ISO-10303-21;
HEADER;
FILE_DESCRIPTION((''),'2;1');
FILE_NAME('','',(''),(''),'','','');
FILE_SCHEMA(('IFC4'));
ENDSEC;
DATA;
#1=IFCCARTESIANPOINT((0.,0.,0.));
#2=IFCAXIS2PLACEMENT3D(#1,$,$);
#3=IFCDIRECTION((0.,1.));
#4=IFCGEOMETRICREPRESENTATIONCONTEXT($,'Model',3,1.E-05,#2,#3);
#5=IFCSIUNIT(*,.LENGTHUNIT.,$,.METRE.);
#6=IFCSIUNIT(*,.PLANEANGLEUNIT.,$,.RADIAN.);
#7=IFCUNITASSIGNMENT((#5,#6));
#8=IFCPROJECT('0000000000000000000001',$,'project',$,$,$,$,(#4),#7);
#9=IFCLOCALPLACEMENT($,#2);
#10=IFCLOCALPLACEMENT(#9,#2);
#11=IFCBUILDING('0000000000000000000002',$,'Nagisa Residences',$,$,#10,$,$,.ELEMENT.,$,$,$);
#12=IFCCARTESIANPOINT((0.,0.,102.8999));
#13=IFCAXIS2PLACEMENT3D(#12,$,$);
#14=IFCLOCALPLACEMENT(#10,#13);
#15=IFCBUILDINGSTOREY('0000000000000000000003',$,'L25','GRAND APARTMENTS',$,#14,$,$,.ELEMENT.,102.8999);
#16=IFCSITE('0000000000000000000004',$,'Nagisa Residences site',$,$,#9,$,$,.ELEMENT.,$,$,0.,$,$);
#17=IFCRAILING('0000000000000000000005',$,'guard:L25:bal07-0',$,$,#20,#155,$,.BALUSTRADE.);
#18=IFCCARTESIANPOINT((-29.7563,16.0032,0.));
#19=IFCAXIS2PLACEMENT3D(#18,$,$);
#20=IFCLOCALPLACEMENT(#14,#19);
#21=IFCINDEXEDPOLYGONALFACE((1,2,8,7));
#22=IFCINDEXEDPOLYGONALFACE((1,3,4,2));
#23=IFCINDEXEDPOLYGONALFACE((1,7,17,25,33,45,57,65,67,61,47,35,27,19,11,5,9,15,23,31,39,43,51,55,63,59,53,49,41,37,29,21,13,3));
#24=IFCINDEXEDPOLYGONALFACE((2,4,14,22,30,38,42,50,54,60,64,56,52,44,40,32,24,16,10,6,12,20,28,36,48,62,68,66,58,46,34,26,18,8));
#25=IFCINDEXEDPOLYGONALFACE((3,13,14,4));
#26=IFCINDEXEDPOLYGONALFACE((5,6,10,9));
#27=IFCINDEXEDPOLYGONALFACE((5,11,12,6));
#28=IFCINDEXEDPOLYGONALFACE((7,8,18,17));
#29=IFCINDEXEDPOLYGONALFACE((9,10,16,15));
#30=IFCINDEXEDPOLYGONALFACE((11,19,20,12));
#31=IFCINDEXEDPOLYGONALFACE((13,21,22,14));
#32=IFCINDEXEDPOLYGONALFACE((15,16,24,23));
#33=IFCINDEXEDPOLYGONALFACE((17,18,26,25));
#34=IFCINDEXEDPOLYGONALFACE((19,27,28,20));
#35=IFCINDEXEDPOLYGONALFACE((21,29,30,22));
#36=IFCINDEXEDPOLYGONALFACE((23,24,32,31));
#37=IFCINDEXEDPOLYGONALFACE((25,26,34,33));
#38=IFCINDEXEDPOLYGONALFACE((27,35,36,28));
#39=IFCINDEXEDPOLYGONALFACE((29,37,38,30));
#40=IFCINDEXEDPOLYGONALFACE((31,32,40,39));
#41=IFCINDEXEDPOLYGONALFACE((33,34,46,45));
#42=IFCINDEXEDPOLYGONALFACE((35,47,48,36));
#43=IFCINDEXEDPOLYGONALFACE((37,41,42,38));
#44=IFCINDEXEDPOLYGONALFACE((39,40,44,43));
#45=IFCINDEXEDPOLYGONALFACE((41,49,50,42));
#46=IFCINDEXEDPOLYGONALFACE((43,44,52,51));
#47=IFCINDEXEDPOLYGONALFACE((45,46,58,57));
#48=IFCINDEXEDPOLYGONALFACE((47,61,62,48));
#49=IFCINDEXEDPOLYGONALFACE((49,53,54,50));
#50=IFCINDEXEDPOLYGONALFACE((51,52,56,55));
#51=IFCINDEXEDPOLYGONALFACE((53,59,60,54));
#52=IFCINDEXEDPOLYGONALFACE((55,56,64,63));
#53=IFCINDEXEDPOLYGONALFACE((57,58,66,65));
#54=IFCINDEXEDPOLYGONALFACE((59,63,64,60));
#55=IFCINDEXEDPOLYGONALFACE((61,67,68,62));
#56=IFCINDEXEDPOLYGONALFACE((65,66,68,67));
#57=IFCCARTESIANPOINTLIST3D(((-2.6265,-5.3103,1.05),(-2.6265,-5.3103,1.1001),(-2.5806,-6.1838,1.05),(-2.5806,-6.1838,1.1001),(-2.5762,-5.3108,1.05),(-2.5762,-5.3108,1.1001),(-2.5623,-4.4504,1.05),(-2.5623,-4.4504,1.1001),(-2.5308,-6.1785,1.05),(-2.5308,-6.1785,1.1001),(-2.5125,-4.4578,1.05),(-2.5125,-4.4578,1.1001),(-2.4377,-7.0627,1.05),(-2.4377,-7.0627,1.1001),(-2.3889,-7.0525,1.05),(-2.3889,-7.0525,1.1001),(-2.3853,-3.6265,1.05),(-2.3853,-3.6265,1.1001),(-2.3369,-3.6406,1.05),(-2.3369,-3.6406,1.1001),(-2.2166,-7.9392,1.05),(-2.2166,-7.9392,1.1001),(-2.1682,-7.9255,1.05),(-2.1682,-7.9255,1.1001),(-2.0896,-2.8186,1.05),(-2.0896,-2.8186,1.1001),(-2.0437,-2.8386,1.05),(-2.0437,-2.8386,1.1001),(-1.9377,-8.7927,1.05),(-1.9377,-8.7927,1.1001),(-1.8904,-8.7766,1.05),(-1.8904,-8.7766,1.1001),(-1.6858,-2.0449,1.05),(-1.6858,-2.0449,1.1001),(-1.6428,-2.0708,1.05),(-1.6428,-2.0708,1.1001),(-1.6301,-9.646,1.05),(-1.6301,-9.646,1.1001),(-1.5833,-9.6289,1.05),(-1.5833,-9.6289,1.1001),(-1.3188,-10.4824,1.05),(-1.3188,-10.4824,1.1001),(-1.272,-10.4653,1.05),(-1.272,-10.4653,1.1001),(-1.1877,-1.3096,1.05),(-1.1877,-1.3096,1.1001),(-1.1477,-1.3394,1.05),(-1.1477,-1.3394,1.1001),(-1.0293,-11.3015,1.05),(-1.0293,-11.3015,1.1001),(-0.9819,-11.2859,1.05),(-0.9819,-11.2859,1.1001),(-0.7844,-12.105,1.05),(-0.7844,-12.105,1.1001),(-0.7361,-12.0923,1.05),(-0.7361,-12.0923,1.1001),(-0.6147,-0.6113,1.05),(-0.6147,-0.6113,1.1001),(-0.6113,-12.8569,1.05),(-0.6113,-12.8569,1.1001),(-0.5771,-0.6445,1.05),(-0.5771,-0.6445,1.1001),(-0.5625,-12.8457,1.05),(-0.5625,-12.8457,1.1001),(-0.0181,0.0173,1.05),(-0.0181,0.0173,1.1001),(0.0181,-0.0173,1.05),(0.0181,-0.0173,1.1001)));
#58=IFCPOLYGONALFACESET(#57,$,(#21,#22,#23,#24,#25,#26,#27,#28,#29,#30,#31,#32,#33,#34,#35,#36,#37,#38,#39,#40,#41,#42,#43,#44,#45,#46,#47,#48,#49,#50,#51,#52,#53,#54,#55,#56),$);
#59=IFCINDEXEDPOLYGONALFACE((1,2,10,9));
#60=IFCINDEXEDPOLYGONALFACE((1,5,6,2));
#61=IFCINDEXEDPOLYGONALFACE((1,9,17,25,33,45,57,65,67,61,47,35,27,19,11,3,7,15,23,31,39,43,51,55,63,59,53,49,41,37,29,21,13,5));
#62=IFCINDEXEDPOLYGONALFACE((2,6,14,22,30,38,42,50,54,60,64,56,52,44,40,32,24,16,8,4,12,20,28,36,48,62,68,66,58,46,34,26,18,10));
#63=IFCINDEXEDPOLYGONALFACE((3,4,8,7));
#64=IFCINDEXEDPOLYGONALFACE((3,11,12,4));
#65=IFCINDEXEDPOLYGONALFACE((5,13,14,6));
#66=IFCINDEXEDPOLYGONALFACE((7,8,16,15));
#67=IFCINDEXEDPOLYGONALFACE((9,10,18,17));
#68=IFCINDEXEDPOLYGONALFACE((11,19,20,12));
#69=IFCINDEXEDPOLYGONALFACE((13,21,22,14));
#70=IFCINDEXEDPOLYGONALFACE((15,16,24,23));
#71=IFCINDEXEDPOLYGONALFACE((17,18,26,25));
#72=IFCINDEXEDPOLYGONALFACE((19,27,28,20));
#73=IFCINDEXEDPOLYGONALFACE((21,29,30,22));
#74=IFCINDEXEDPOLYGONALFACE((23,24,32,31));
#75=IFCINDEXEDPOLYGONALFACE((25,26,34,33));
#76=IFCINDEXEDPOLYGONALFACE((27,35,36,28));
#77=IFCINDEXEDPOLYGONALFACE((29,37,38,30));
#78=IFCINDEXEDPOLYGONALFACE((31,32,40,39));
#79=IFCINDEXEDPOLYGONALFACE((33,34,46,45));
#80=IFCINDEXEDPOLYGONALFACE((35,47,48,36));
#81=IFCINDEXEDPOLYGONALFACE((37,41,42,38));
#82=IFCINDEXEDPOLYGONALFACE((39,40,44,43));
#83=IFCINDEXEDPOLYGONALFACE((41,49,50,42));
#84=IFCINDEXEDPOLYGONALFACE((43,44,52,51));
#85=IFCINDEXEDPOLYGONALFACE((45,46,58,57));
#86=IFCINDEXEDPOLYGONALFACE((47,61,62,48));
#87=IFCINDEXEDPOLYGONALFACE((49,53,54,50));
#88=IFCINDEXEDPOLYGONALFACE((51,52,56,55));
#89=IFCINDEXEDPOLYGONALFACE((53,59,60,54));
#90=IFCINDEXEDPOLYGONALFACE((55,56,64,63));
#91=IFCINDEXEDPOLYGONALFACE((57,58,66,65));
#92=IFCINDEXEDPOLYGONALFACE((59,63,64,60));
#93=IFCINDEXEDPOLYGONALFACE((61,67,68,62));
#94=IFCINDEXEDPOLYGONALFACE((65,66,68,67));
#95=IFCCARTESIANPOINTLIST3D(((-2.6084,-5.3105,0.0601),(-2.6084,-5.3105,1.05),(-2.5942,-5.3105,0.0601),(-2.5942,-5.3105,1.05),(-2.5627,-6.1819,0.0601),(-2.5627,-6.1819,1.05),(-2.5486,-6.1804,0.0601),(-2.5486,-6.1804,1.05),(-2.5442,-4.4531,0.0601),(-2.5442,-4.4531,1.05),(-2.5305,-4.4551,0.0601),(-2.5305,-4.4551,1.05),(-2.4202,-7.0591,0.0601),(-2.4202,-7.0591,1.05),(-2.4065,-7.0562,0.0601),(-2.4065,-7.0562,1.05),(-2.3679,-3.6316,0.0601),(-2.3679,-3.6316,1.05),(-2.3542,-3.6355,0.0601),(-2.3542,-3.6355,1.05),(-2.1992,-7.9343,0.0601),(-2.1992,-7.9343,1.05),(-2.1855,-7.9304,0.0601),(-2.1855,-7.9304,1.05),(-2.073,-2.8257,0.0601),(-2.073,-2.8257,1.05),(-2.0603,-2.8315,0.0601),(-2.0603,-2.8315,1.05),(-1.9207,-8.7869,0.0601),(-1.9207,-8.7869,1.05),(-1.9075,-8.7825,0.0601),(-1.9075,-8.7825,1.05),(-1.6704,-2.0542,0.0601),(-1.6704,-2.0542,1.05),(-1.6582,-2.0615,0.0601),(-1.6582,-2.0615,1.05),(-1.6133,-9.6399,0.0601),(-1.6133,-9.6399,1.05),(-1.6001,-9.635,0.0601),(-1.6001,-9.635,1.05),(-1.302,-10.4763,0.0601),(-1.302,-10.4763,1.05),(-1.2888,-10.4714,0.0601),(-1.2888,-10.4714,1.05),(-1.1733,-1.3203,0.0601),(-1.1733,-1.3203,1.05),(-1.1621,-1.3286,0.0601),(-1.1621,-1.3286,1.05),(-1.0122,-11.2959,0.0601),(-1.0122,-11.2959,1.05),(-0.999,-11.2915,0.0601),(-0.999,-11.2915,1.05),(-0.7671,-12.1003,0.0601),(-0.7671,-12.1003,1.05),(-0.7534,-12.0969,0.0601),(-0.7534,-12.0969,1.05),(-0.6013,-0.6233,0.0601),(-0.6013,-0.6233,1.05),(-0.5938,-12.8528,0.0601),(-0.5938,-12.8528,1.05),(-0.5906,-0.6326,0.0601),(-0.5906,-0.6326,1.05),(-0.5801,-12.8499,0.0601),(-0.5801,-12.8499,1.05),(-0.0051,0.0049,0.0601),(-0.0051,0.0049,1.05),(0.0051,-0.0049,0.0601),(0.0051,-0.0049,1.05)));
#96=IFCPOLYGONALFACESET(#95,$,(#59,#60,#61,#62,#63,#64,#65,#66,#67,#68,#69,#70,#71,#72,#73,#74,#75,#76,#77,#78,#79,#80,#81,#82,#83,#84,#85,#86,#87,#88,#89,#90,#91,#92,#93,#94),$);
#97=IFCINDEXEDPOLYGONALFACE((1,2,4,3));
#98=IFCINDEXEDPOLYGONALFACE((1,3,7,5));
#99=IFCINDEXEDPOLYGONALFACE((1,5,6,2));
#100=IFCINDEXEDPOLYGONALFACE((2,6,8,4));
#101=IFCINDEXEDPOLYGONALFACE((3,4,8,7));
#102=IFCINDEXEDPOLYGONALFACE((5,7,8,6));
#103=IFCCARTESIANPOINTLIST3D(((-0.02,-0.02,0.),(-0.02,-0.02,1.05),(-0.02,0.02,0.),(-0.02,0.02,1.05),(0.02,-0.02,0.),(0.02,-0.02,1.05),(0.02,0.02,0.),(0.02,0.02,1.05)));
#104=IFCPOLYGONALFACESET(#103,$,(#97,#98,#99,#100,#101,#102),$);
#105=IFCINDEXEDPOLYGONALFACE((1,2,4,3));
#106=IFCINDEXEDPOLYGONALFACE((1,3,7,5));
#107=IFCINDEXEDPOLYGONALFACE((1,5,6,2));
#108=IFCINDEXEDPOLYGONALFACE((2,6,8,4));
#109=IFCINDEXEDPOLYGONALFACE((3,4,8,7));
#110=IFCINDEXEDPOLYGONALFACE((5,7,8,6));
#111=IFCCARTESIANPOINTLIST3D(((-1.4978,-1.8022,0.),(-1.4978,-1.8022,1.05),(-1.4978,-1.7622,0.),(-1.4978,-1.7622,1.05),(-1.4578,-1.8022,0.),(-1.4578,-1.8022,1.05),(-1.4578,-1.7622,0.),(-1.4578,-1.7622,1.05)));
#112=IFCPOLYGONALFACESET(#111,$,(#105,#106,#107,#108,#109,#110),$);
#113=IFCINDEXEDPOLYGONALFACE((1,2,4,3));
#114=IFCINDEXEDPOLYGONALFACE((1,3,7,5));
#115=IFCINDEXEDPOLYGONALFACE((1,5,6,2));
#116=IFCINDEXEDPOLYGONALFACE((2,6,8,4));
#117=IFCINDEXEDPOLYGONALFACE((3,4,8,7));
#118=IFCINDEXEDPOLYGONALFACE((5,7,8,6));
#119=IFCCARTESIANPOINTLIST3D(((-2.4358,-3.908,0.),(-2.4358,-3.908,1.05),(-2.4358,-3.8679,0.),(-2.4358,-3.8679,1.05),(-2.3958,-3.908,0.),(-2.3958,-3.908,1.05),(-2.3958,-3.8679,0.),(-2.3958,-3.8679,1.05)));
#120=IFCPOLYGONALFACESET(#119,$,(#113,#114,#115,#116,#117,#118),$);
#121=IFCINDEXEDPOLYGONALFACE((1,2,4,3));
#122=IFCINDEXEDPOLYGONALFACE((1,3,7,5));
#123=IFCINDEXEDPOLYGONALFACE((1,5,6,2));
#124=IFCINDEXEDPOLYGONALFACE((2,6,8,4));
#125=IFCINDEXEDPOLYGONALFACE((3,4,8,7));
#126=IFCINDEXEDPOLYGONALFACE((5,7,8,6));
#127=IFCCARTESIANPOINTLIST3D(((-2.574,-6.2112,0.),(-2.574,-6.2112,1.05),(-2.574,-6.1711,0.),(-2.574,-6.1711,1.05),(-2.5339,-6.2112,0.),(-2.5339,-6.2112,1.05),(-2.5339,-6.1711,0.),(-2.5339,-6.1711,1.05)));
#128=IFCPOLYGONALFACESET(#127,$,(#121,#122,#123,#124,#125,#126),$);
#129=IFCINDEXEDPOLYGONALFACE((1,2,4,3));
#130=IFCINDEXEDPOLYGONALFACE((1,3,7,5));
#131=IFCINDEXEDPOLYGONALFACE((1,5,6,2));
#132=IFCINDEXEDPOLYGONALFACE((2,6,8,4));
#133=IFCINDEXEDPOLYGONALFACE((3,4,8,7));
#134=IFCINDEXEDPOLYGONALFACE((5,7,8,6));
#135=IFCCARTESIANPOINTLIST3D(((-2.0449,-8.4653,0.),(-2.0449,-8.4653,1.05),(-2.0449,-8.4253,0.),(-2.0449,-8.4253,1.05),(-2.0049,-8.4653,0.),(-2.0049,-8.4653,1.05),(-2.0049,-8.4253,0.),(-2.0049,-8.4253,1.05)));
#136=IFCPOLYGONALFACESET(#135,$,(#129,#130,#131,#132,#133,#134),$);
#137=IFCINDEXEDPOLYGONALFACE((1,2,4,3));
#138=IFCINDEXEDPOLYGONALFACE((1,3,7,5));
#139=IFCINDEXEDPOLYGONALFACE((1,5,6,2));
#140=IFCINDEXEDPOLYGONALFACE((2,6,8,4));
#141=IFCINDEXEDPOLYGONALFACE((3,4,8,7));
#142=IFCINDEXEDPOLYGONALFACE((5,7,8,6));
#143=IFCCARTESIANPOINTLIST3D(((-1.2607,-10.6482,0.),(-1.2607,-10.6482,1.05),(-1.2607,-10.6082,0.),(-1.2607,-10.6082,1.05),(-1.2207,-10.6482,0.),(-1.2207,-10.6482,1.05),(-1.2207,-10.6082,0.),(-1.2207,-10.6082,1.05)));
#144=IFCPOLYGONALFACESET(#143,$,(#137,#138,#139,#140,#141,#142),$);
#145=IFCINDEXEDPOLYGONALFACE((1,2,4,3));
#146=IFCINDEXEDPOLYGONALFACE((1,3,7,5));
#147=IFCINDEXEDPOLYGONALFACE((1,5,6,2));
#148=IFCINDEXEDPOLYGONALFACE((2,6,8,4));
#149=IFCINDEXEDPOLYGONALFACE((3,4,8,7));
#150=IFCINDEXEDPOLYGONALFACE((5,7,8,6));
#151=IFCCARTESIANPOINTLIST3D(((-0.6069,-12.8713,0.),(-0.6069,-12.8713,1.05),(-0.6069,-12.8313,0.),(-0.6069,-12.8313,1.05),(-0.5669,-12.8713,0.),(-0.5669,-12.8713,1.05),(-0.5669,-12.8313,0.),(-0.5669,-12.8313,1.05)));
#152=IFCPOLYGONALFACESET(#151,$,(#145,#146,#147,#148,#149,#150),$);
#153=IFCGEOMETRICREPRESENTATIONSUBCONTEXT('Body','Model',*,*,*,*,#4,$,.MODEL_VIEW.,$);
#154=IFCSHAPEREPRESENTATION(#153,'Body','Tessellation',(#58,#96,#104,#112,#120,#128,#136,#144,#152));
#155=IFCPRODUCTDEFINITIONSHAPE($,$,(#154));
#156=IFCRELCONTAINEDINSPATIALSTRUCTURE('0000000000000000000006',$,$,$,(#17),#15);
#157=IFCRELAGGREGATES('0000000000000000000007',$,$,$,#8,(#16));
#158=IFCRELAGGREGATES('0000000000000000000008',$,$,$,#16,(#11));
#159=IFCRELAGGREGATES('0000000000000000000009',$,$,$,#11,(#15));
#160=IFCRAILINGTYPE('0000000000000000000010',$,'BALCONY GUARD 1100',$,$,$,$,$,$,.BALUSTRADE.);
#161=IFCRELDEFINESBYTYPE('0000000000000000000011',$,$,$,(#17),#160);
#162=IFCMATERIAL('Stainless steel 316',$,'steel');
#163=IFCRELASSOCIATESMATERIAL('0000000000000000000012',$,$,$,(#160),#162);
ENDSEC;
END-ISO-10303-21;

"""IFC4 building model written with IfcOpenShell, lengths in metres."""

from ifc_helpers import new_model, si_unit, direction, frame, origin, origin_2d, place, context, subcontext, project, spatial, polyline, rectangle, outline, extrude, material, type_object, element, save


model = new_model("IFC4")

# Units and contexts
model_context = context("Model", 3, precision=1e-05, world=origin(), true_north=direction((0.0, 1.0)))
body_context = subcontext(model_context, "Body", "Model", "MODEL_VIEW")
ifc_project = project(units=[si_unit("LENGTHUNIT", "METRE"), si_unit("PLANEANGLEUNIT", "RADIAN")], contexts=[model_context])

# Site, building, storey
site_placement = place(None, origin())
site = spatial("IfcSite", under=ifc_project, at=site_placement, Name="Nagisa Residences site", CompositionType="ELEMENT", RefElevation=0.0)
building_placement = place(site_placement, origin())
building = spatial("IfcBuilding", under=site, at=building_placement, Name="Nagisa Residences", CompositionType="ELEMENT")
storey_placement = place(building_placement, frame((0.0, 0.0, 102.8999)))
storey = spatial("IfcBuildingStorey", under=building, at=storey_placement, Name="L25", Description="GRAND APARTMENTS", CompositionType="ELEMENT", Elevation=102.8999)

# Railing
ifc_material_1 = material(Name="Stainless steel 316", Category="steel")
railing_type = type_object("IfcRailingType", Name="BALCONY GUARD 1100", PredefinedType="BALUSTRADE", material=ifc_material_1)
railing_1_placement = place(storey_placement, frame((-29.7563, 16.0032, 0.0)))
element("IfcRailing", 1, at=railing_1_placement, inside=storey, type_object=railing_type, Name="guard:L25:bal07-0", PredefinedType="BALUSTRADE", context=body_context, shape_type="SweptSolid", body=[
    extrude(outline(polyline([(-0.5771, -0.6445), (0.0181, -0.0173), (-0.0181, 0.0173), (-0.6147, -0.6113), (-1.1877, -1.3096), (-1.6858, -2.0449), (-2.0896, -2.8186), (-2.3853, -3.6265), (-2.5623, -4.4504), (-2.6265, -5.3103), (-2.5806, -6.1838), (-2.4377, -7.0627), (-2.2166, -7.9392), (-1.9377, -8.7927), (-1.6301, -9.646), (-1.3188, -10.4824), (-1.0293, -11.3015), (-0.7844, -12.105), (-0.6113, -12.8569), (-0.5625, -12.8457), (-0.7361, -12.0923), (-0.9819, -11.2859), (-1.272, -10.4653), (-1.5833, -9.6289), (-1.8904, -8.7766), (-2.1682, -7.9255), (-2.3889, -7.0525), (-2.5308, -6.1785), (-2.5762, -5.3108), (-2.5125, -4.4578), (-2.3369, -3.6406), (-2.0437, -2.8386), (-1.6428, -2.0708), (-1.1477, -1.3394), (-0.5771, -0.6445)])), frame((0.0, 0.0, 1.05)), (0.0, 0.0, 1.0), 0.05),
    extrude(outline(polyline([(-0.5906, -0.6326), (0.0051, -0.0049), (-0.0051, 0.0049), (-0.6013, -0.6233), (-1.1733, -1.3203), (-1.6704, -2.0542), (-2.073, -2.8257), (-2.3679, -3.6316), (-2.5442, -4.4531), (-2.6084, -5.3105), (-2.5627, -6.1819), (-2.4202, -7.0591), (-2.1992, -7.9343), (-1.9207, -8.7869), (-1.6133, -9.6399), (-1.302, -10.4763), (-1.0122, -11.2959), (-0.7671, -12.1003), (-0.5938, -12.8528), (-0.5801, -12.8499), (-0.7534, -12.0969), (-0.999, -11.2915), (-1.2888, -10.4714), (-1.6001, -9.635), (-1.9075, -8.7825), (-2.1855, -7.9304), (-2.4065, -7.0562), (-2.5486, -6.1804), (-2.5942, -5.3105), (-2.5305, -4.4551), (-2.3542, -3.6355), (-2.0603, -2.8315), (-1.6582, -2.0615), (-1.1621, -1.3286), (-0.5906, -0.6326)])), frame((0.0, 0.0, 0.0601)), (0.0, 0.0, 1.0), 0.99),
    extrude(rectangle(XDim=0.04, YDim=0.04, at=origin_2d()), origin(), (0.0, 0.0, 1.0), 1.05),
    extrude(rectangle(XDim=0.04, YDim=0.04, at=origin_2d()), frame((-1.4778, -1.7822, 0.0)), (0.0, 0.0, 1.0), 1.05),
    extrude(rectangle(XDim=0.04, YDim=0.04, at=origin_2d()), frame((-2.4158, -3.8879, 0.0)), (0.0, 0.0, 1.0), 1.05),
    extrude(rectangle(XDim=0.04, YDim=0.04, at=origin_2d()), frame((-2.554, -6.1912, 0.0)), (0.0, 0.0, 1.0), 1.05),
    extrude(rectangle(XDim=0.04, YDim=0.04, at=origin_2d()), frame((-2.0249, -8.4453, 0.0)), (0.0, 0.0, 1.0), 1.05),
    extrude(rectangle(XDim=0.04, YDim=0.04, at=origin_2d()), frame((-1.2407, -10.6282, 0.0)), (0.0, 0.0, 1.0), 1.05),
    extrude(rectangle(XDim=0.04, YDim=0.04, at=origin_2d()), frame((-0.5869, -12.8513, 0.0)), (0.0, 0.0, 1.0), 1.05),
])

save(model, "model.ifc")
